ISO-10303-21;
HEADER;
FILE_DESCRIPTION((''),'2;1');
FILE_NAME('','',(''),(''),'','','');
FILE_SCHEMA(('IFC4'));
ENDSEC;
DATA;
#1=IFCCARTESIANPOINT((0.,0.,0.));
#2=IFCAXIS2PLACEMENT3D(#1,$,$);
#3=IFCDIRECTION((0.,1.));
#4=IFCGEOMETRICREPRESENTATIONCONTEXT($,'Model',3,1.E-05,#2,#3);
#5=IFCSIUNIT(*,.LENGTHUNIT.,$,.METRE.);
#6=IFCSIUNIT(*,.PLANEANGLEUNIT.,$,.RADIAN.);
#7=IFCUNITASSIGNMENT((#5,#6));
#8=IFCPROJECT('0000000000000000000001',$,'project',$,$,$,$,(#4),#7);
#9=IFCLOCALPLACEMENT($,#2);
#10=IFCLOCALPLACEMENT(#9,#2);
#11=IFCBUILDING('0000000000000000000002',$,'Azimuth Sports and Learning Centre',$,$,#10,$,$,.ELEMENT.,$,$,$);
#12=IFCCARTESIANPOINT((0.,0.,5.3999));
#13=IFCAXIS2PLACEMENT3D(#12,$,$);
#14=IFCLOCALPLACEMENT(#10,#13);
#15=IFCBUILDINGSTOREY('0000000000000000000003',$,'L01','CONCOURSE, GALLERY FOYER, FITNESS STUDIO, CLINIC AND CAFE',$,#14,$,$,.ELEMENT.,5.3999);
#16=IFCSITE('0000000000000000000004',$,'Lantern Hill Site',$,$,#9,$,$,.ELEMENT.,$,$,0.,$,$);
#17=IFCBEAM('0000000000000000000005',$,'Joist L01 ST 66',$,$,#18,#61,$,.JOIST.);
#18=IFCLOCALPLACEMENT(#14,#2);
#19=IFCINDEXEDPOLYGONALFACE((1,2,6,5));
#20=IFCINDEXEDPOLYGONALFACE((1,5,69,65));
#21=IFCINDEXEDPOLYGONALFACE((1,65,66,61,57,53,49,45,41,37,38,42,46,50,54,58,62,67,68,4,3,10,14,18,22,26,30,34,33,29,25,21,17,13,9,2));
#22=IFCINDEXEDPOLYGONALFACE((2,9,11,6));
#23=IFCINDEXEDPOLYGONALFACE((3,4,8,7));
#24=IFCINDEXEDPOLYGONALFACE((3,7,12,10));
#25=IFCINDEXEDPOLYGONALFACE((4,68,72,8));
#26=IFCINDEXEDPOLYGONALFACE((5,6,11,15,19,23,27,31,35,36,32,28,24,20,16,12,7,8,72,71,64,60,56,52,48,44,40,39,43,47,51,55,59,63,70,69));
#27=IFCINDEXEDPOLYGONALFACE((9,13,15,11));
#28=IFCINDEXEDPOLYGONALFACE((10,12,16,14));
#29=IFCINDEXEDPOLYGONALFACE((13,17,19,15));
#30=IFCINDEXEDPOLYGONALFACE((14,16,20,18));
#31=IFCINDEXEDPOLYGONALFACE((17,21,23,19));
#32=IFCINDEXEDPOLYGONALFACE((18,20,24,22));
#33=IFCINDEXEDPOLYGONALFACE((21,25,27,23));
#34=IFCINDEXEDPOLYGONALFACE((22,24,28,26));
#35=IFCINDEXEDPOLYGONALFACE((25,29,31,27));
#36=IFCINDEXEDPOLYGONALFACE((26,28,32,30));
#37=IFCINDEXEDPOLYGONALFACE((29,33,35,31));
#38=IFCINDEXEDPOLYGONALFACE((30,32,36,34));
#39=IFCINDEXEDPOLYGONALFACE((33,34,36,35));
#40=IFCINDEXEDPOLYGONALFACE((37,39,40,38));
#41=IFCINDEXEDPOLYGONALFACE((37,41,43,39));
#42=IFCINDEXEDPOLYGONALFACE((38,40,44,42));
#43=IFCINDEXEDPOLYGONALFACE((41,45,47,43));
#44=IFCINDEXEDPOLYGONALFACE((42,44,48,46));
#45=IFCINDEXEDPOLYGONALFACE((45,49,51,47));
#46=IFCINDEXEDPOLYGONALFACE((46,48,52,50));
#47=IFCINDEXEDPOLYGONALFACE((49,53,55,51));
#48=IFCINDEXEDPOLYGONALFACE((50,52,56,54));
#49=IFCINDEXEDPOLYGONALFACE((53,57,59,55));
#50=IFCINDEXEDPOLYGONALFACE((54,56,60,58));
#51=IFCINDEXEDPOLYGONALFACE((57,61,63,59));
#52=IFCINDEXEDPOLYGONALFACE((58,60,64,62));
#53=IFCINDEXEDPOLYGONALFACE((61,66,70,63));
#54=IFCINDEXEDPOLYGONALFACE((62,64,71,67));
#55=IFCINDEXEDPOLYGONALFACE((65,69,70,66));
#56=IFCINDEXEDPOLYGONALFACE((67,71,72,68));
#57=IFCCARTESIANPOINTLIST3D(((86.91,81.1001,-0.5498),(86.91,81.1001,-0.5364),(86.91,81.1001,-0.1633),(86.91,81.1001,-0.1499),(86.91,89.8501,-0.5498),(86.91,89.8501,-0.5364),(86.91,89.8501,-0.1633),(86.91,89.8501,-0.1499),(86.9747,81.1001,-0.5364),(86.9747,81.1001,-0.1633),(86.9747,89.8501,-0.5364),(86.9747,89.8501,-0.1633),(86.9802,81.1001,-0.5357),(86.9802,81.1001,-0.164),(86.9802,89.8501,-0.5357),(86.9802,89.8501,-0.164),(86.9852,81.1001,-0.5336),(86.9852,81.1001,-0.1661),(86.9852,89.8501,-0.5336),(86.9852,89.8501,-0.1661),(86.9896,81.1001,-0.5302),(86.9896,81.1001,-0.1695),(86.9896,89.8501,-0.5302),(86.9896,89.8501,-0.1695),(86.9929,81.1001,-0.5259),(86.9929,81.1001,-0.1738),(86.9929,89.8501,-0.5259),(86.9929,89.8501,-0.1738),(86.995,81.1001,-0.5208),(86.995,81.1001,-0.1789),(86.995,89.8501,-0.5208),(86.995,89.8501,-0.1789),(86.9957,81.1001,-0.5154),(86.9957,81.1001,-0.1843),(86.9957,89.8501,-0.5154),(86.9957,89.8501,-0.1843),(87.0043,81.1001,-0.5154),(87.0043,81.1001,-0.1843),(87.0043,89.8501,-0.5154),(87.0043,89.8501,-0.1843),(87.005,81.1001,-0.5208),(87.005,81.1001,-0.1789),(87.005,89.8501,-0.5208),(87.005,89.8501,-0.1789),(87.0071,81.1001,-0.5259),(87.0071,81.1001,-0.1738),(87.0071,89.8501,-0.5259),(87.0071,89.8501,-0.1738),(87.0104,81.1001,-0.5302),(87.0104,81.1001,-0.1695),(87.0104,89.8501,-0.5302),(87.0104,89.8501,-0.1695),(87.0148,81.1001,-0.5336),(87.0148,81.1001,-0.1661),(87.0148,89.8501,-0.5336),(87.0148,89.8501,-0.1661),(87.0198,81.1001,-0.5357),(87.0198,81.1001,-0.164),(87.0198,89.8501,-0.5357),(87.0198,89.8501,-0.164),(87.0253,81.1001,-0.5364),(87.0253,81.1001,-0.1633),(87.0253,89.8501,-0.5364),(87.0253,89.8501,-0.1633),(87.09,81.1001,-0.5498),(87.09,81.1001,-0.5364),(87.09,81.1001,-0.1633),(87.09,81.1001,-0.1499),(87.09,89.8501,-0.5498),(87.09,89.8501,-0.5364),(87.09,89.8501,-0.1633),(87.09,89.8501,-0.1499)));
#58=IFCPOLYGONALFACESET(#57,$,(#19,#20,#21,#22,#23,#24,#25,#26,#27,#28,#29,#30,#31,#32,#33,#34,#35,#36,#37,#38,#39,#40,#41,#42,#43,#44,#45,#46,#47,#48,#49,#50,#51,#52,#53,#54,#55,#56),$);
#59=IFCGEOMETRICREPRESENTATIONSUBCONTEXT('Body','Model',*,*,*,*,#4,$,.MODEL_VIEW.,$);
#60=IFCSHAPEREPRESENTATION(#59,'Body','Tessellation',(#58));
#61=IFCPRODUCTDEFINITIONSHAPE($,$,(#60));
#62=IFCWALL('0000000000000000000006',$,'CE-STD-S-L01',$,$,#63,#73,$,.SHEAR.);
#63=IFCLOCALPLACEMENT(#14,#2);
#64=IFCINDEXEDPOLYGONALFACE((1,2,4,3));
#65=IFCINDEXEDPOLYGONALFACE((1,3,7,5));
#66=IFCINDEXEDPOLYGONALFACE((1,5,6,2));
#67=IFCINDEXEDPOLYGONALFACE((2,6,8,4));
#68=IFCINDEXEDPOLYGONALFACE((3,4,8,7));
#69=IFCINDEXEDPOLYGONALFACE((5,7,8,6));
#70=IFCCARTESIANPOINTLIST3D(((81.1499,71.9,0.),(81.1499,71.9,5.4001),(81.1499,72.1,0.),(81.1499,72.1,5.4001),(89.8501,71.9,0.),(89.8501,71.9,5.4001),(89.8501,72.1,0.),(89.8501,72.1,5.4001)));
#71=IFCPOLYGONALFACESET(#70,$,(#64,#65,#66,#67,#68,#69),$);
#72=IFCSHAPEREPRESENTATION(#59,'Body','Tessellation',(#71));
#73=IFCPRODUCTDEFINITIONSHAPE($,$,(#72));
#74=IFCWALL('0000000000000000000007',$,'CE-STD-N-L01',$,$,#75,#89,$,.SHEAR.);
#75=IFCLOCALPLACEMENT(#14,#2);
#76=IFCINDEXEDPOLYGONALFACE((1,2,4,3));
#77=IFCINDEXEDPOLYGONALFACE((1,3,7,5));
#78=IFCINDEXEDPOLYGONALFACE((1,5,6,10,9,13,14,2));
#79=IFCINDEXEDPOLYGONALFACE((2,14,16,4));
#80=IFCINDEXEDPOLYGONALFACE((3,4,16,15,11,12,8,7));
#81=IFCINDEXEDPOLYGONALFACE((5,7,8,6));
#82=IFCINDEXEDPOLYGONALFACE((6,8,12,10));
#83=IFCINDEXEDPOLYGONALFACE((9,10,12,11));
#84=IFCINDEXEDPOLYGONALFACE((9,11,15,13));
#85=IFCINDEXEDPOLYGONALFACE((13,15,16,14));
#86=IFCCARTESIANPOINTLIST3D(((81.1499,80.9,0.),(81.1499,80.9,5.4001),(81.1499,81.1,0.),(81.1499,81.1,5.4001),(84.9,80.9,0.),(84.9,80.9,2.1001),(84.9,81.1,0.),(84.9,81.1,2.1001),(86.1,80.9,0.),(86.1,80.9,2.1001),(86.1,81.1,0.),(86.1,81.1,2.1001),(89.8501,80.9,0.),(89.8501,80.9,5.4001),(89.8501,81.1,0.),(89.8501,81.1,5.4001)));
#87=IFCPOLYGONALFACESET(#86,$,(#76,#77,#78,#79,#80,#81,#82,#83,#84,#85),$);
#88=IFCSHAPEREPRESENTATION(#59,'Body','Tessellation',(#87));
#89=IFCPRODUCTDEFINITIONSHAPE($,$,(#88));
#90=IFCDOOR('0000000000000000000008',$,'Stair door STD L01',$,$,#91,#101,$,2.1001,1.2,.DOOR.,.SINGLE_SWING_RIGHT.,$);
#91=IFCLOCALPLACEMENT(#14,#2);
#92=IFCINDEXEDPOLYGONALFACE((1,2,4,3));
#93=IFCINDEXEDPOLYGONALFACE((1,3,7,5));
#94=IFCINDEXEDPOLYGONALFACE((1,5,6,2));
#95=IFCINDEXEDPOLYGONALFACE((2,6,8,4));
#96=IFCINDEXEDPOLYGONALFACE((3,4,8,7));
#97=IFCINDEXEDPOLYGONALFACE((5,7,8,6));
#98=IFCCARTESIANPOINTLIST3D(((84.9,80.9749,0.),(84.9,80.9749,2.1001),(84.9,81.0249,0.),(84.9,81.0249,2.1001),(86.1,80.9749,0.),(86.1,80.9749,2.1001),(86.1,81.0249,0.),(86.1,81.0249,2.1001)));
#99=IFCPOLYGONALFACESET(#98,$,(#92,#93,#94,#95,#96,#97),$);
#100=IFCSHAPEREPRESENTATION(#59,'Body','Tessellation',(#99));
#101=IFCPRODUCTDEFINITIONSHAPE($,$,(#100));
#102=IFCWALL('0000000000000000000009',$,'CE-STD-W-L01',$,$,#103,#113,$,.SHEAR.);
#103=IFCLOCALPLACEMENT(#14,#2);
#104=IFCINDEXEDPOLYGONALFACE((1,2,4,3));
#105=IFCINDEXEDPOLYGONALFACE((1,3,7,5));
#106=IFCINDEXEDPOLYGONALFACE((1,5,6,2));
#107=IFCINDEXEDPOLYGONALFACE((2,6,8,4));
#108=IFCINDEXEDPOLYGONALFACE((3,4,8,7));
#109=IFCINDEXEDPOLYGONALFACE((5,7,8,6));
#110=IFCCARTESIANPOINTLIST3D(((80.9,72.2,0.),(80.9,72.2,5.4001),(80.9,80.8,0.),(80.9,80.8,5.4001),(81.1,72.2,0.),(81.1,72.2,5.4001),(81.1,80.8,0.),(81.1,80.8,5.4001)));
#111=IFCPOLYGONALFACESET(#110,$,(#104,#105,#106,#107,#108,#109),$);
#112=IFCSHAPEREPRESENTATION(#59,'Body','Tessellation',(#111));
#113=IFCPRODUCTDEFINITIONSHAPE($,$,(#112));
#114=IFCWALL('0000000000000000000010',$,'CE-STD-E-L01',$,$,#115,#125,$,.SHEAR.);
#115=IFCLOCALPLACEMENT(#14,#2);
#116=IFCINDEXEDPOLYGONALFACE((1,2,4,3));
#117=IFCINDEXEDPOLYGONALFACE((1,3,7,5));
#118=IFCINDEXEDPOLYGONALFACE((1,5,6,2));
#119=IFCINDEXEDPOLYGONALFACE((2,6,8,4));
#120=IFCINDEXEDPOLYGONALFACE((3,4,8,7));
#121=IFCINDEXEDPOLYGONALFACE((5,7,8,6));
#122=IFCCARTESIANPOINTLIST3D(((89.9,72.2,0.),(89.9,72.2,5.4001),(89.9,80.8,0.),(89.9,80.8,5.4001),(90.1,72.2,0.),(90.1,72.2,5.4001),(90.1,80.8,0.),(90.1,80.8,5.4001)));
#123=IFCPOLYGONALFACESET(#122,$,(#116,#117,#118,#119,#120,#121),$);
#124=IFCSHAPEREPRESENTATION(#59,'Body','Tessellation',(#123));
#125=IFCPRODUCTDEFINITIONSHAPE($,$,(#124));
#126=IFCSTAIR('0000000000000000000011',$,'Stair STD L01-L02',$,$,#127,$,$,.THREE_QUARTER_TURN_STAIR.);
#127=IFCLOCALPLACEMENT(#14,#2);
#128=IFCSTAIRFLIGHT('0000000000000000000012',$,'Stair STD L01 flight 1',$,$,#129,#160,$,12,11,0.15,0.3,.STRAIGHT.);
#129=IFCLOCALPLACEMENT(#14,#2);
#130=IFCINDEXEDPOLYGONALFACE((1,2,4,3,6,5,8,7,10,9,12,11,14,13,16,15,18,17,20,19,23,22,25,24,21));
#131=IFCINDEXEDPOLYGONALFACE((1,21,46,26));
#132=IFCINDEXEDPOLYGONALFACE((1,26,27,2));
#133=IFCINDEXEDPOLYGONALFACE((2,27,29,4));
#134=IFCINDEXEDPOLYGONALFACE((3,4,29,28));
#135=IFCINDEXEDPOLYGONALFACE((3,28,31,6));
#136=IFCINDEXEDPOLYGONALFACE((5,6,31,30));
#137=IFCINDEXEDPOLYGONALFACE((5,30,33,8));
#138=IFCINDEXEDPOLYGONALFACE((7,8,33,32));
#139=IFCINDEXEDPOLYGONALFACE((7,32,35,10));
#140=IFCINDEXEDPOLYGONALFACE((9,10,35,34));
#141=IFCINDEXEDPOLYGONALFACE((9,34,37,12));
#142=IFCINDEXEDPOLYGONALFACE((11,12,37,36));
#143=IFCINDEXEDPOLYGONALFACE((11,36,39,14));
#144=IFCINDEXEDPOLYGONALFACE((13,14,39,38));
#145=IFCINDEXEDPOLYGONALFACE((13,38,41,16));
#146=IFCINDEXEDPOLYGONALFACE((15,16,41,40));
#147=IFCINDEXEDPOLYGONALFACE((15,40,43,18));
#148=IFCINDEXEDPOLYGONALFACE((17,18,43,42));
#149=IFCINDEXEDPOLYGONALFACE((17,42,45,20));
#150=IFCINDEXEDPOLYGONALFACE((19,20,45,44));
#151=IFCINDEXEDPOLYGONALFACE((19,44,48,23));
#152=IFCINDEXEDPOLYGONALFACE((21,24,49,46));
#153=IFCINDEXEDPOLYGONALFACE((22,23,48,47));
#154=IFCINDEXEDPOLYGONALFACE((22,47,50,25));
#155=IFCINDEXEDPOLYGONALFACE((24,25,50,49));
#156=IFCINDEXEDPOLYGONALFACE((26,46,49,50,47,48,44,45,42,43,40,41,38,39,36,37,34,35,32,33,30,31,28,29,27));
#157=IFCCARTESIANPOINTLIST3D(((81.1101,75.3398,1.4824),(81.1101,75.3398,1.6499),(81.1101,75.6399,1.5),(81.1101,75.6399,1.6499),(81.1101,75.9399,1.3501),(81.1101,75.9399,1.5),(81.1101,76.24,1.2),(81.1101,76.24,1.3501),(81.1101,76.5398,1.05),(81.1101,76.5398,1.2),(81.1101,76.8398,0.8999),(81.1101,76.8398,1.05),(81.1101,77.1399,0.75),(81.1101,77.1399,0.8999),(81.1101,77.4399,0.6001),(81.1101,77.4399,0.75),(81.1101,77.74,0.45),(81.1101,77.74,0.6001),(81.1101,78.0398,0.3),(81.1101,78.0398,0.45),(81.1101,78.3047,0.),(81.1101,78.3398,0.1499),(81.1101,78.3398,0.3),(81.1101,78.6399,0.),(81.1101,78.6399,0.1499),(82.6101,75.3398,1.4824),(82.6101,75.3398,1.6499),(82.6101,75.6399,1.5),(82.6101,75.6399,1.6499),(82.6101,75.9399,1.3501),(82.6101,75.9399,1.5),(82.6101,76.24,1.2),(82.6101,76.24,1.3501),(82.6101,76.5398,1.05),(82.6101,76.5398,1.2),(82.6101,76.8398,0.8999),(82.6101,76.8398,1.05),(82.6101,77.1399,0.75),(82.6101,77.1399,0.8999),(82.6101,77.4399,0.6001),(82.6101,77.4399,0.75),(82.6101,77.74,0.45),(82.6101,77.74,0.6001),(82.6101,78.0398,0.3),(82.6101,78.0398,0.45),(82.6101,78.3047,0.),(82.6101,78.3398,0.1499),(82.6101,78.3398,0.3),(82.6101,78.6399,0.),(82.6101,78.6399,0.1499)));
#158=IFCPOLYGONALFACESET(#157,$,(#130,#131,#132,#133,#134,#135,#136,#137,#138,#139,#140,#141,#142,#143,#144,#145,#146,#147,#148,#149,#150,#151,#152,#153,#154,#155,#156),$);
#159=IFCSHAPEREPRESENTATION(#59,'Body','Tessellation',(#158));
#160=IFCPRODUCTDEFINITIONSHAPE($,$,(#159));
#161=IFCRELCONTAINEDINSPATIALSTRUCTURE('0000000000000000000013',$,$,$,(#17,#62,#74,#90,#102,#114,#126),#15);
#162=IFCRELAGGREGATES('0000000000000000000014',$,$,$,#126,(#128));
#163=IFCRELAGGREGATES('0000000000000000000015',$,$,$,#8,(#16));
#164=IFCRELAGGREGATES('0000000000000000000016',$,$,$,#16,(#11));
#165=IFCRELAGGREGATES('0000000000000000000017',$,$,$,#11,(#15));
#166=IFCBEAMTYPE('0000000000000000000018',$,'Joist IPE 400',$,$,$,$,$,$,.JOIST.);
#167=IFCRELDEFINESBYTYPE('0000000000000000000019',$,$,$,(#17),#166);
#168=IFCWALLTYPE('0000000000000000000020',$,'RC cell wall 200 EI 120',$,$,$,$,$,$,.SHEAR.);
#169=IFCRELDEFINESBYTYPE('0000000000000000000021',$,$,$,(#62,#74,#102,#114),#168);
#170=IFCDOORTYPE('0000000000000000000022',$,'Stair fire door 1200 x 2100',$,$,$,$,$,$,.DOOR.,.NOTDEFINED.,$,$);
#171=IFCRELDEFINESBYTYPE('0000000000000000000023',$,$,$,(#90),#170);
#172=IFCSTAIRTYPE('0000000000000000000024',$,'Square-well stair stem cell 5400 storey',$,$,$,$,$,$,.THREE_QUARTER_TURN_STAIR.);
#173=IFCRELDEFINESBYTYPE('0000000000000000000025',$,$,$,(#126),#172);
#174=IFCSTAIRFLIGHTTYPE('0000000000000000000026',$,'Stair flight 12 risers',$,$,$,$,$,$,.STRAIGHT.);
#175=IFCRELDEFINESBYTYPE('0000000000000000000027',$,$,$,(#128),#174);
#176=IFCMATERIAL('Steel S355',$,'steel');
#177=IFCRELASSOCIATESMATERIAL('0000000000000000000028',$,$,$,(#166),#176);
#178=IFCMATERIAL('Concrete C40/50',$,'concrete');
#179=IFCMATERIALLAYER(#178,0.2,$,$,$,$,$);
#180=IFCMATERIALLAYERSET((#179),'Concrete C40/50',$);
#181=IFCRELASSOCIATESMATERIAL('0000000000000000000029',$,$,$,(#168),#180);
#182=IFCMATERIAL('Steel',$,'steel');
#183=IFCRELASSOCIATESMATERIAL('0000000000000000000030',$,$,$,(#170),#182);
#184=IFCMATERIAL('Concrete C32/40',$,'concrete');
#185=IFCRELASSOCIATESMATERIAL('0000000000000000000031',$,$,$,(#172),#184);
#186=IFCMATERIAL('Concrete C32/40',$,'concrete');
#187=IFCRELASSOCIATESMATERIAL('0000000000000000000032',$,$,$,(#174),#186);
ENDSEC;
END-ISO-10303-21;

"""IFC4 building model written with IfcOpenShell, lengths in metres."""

from ifc_helpers import new_model, si_unit, direction, frame, frame_2d, origin, origin_2d, place, context, subcontext, project, spatial, polyline, rectangle, i_section, outline, extrude, material, layer, layer_set, material_profile, profile_set, type_object, element, fill, aggregate, save


model = new_model("IFC4")

# Units and contexts
model_context = context("Model", 3, precision=1e-05, world=origin(), true_north=direction((0.0, 1.0)))
body_context = subcontext(model_context, "Body", "Model", "MODEL_VIEW")
ifc_project = project(units=[si_unit("LENGTHUNIT", "METRE"), si_unit("PLANEANGLEUNIT", "RADIAN")], contexts=[model_context])

# Site, building, storey
site_placement = place(None, origin())
site = spatial("IfcSite", under=ifc_project, at=site_placement, Name="Lantern Hill Site", CompositionType="ELEMENT", RefElevation=0.0)
building_placement = place(site_placement, origin())
building = spatial("IfcBuilding", under=site, at=building_placement, Name="Azimuth Sports and Learning Centre", CompositionType="ELEMENT")
storey_placement = place(building_placement, frame((0.0, 0.0, 5.3999)))
storey = spatial("IfcBuildingStorey", under=building, at=storey_placement, Name="L01", Description="CONCOURSE, GALLERY FOYER, FITNESS STUDIO, CLINIC AND CAFE", CompositionType="ELEMENT", Elevation=5.3999)

# Beam
ifc_material_1 = material(Name="Steel S355", Category="steel")
ifc_material_profile_1 = material_profile(ifc_material_1, i_section(OverallWidth=0.1799, OverallDepth=0.3999, WebThickness=0.0085, FlangeThickness=0.0134, FilletRadius=0.021, at=origin_2d()), Name="IPE 400")
ifc_profile_set_1 = profile_set([ifc_material_profile_1], Name="Steel S355")
beam_type_1 = type_object("IfcBeamType", Name="Joist IPE 400", PredefinedType="JOIST", material=ifc_profile_set_1)
for number, where, z_axis, x_axis, name in (
    (1, (87.0, 81.1001, -0.3499), (0.0, 1.0, 0.0), (-1.0, 0.0, 0.0), "Joist L01 ST 66"),
):
    element("IfcBeam", number, at=place(storey_placement, frame(where, z_axis=z_axis, x_axis=x_axis)), inside=storey, type_object=beam_type_1, Name=name, PredefinedType="JOIST", context=body_context, shape_type="SweptSolid", body=[
        extrude(i_section(OverallWidth=0.1799, OverallDepth=0.3999, WebThickness=0.0085, FlangeThickness=0.0134, FilletRadius=0.021, at=origin_2d()), origin(), (0.0, 0.0, 1.0), 8.75),
    ])

# Wall
ifc_material_2 = material(Name="Concrete C40/50", Category="concrete")
ifc_layer = layer(ifc_material_2, 0.2)
ifc_layer_set = layer_set([ifc_layer], Name="Concrete C40/50")
wall_type = type_object("IfcWallType", Name="RC cell wall 200 EI 120", PredefinedType="SHEAR", material=ifc_layer_set)
wall_1_placement = place(storey_placement, frame((81.1499, 72.0, 0.0), z_axis=(0.0, 0.0, 1.0), x_axis=(1.0, 0.0, 0.0)))
element("IfcWall", 2, at=wall_1_placement, inside=storey, type_object=wall_type, Name="CE-STD-S-L01", PredefinedType="SHEAR", context=body_context, shape_type="SweptSolid", body=[
    extrude(rectangle(XDim=8.7002, YDim=0.2, at=frame_2d((4.3501, 0.0))), origin(), (0.0, 0.0, 1.0), 5.4001),
])

# Wall, opening, door
wall_2_placement = place(storey_placement, frame((81.1499, 81.0, 0.0), z_axis=(0.0, 0.0, 1.0), x_axis=(1.0, 0.0, 0.0)))
wall_2 = element("IfcWall", 3, at=wall_2_placement, inside=storey, type_object=wall_type, Name="CE-STD-N-L01", PredefinedType="SHEAR", context=body_context, shape_type="SweptSolid", body=[
    extrude(rectangle(XDim=8.7002, YDim=0.2, at=frame_2d((4.3501, 0.0))), origin(), (0.0, 0.0, 1.0), 5.4001),
])
opening_placement = place(wall_2_placement, frame((3.75, 0.0, 0.0)))
opening = element("IfcOpeningElement", 4, at=opening_placement, cuts=wall_2, PredefinedType="OPENING", context=body_context, shape_type="SweptSolid", body=[
    extrude(rectangle(XDim=1.2, YDim=2.1001, at=frame_2d((0.6001, 1.05))), frame((0.0, 0.1108, 0.0), z_axis=(0.0, -1.0, 0.0), x_axis=(1.0, 0.0, 0.0)), (0.0, 0.0, 1.0), 0.2219),
])
ifc_material_3 = material(Name="Steel", Category="steel")
door_type = type_object("IfcDoorType", Name="Stair fire door 1200 x 2100", OperationType="NOTDEFINED", PredefinedType="DOOR", material=ifc_material_3)
door_placement = place(opening_placement, origin())
door = element("IfcDoor", 5, at=door_placement, inside=storey, type_object=door_type, Name="Stair door STD L01", OperationType="SINGLE_SWING_RIGHT", OverallHeight=2.1001, OverallWidth=1.2, PredefinedType="DOOR", context=body_context, shape_type="SweptSolid", body=[
    extrude(rectangle(XDim=1.2, YDim=2.1001, at=frame_2d((0.6001, 1.05))), frame((0.0, 0.0249, 0.0), z_axis=(0.0, -1.0, 0.0), x_axis=(1.0, 0.0, 0.0)), (0.0, 0.0, 1.0), 0.05),
])
fill(opening, door)

# Walls
for number, where, z_axis, x_axis, name in (
    (6, (81.0, 72.2, 0.0), (0.0, 0.0, 1.0), (0.0, 1.0, 0.0), "CE-STD-W-L01"),
    (7, (90.0, 72.2, 0.0), (0.0, 0.0, 1.0), (0.0, 1.0, 0.0), "CE-STD-E-L01"),
):
    element("IfcWall", number, at=place(storey_placement, frame(where, z_axis=z_axis, x_axis=x_axis)), inside=storey, type_object=wall_type, Name=name, PredefinedType="SHEAR", context=body_context, shape_type="SweptSolid", body=[
        extrude(rectangle(XDim=8.6001, YDim=0.2, at=frame_2d((4.3, 0.0))), origin(), (0.0, 0.0, 1.0), 5.4001),
    ])

# Stair, stair flight
ifc_material_4 = material(Name="Concrete C32/40", Category="concrete")
stair_type = type_object("IfcStairType", Name="Square-well stair stem cell 5400 storey", PredefinedType="THREE_QUARTER_TURN_STAIR", material=ifc_material_4)
stair_placement = place(storey_placement, origin())
stair = element("IfcStair", 8, at=stair_placement, inside=storey, type_object=stair_type, Name="Stair STD L01-L02", PredefinedType="THREE_QUARTER_TURN_STAIR")
ifc_material_5 = material(Name="Concrete C32/40", Category="concrete")
stair_flight_type = type_object("IfcStairFlightType", Name="Stair flight 12 risers", PredefinedType="STRAIGHT", material=ifc_material_5)
stair_flight_1_placement = place(storey_placement, frame((81.8601, 78.6399, 0.0), z_axis=(0.0, 0.0, 1.0), x_axis=(0.0, -1.0, 0.0)))
stair_flight_1 = element("IfcStairFlight", 9, at=stair_flight_1_placement, type_object=stair_flight_type, Name="Stair STD L01 flight 1", NumberOfRisers=12, NumberOfTreads=11, PredefinedType="STRAIGHT", RiserHeight=0.15, TreadLength=0.3, context=body_context, shape_type="SweptSolid", body=[
    extrude(outline(polyline([(0.0, 0.0), (0.0, 0.1499), (0.3, 0.1499), (0.3, 0.3), (0.6001, 0.3), (0.6001, 0.45), (0.8999, 0.45), (0.8999, 0.6001), (1.2, 0.6001), (1.2, 0.75), (1.5, 0.75), (1.5, 0.8999), (1.8, 0.8999), (1.8, 1.05), (2.1001, 1.05), (2.1001, 1.2), (2.3999, 1.2), (2.3999, 1.3501), (2.7, 1.3501), (2.7, 1.5), (3.0, 1.5), (3.0, 1.6499), (3.3, 1.6499), (3.3, 1.8), (3.3, 1.4824), (0.3352, 0.0), (0.0, 0.0)])), frame((0.0, 0.75, 0.0), z_axis=(0.0, -1.0, 0.0), x_axis=(1.0, 0.0, 0.0)), (0.0, 0.0, 1.0), 1.5),
])
aggregate(stair, [stair_flight_1])

save(model, "model.ifc")
